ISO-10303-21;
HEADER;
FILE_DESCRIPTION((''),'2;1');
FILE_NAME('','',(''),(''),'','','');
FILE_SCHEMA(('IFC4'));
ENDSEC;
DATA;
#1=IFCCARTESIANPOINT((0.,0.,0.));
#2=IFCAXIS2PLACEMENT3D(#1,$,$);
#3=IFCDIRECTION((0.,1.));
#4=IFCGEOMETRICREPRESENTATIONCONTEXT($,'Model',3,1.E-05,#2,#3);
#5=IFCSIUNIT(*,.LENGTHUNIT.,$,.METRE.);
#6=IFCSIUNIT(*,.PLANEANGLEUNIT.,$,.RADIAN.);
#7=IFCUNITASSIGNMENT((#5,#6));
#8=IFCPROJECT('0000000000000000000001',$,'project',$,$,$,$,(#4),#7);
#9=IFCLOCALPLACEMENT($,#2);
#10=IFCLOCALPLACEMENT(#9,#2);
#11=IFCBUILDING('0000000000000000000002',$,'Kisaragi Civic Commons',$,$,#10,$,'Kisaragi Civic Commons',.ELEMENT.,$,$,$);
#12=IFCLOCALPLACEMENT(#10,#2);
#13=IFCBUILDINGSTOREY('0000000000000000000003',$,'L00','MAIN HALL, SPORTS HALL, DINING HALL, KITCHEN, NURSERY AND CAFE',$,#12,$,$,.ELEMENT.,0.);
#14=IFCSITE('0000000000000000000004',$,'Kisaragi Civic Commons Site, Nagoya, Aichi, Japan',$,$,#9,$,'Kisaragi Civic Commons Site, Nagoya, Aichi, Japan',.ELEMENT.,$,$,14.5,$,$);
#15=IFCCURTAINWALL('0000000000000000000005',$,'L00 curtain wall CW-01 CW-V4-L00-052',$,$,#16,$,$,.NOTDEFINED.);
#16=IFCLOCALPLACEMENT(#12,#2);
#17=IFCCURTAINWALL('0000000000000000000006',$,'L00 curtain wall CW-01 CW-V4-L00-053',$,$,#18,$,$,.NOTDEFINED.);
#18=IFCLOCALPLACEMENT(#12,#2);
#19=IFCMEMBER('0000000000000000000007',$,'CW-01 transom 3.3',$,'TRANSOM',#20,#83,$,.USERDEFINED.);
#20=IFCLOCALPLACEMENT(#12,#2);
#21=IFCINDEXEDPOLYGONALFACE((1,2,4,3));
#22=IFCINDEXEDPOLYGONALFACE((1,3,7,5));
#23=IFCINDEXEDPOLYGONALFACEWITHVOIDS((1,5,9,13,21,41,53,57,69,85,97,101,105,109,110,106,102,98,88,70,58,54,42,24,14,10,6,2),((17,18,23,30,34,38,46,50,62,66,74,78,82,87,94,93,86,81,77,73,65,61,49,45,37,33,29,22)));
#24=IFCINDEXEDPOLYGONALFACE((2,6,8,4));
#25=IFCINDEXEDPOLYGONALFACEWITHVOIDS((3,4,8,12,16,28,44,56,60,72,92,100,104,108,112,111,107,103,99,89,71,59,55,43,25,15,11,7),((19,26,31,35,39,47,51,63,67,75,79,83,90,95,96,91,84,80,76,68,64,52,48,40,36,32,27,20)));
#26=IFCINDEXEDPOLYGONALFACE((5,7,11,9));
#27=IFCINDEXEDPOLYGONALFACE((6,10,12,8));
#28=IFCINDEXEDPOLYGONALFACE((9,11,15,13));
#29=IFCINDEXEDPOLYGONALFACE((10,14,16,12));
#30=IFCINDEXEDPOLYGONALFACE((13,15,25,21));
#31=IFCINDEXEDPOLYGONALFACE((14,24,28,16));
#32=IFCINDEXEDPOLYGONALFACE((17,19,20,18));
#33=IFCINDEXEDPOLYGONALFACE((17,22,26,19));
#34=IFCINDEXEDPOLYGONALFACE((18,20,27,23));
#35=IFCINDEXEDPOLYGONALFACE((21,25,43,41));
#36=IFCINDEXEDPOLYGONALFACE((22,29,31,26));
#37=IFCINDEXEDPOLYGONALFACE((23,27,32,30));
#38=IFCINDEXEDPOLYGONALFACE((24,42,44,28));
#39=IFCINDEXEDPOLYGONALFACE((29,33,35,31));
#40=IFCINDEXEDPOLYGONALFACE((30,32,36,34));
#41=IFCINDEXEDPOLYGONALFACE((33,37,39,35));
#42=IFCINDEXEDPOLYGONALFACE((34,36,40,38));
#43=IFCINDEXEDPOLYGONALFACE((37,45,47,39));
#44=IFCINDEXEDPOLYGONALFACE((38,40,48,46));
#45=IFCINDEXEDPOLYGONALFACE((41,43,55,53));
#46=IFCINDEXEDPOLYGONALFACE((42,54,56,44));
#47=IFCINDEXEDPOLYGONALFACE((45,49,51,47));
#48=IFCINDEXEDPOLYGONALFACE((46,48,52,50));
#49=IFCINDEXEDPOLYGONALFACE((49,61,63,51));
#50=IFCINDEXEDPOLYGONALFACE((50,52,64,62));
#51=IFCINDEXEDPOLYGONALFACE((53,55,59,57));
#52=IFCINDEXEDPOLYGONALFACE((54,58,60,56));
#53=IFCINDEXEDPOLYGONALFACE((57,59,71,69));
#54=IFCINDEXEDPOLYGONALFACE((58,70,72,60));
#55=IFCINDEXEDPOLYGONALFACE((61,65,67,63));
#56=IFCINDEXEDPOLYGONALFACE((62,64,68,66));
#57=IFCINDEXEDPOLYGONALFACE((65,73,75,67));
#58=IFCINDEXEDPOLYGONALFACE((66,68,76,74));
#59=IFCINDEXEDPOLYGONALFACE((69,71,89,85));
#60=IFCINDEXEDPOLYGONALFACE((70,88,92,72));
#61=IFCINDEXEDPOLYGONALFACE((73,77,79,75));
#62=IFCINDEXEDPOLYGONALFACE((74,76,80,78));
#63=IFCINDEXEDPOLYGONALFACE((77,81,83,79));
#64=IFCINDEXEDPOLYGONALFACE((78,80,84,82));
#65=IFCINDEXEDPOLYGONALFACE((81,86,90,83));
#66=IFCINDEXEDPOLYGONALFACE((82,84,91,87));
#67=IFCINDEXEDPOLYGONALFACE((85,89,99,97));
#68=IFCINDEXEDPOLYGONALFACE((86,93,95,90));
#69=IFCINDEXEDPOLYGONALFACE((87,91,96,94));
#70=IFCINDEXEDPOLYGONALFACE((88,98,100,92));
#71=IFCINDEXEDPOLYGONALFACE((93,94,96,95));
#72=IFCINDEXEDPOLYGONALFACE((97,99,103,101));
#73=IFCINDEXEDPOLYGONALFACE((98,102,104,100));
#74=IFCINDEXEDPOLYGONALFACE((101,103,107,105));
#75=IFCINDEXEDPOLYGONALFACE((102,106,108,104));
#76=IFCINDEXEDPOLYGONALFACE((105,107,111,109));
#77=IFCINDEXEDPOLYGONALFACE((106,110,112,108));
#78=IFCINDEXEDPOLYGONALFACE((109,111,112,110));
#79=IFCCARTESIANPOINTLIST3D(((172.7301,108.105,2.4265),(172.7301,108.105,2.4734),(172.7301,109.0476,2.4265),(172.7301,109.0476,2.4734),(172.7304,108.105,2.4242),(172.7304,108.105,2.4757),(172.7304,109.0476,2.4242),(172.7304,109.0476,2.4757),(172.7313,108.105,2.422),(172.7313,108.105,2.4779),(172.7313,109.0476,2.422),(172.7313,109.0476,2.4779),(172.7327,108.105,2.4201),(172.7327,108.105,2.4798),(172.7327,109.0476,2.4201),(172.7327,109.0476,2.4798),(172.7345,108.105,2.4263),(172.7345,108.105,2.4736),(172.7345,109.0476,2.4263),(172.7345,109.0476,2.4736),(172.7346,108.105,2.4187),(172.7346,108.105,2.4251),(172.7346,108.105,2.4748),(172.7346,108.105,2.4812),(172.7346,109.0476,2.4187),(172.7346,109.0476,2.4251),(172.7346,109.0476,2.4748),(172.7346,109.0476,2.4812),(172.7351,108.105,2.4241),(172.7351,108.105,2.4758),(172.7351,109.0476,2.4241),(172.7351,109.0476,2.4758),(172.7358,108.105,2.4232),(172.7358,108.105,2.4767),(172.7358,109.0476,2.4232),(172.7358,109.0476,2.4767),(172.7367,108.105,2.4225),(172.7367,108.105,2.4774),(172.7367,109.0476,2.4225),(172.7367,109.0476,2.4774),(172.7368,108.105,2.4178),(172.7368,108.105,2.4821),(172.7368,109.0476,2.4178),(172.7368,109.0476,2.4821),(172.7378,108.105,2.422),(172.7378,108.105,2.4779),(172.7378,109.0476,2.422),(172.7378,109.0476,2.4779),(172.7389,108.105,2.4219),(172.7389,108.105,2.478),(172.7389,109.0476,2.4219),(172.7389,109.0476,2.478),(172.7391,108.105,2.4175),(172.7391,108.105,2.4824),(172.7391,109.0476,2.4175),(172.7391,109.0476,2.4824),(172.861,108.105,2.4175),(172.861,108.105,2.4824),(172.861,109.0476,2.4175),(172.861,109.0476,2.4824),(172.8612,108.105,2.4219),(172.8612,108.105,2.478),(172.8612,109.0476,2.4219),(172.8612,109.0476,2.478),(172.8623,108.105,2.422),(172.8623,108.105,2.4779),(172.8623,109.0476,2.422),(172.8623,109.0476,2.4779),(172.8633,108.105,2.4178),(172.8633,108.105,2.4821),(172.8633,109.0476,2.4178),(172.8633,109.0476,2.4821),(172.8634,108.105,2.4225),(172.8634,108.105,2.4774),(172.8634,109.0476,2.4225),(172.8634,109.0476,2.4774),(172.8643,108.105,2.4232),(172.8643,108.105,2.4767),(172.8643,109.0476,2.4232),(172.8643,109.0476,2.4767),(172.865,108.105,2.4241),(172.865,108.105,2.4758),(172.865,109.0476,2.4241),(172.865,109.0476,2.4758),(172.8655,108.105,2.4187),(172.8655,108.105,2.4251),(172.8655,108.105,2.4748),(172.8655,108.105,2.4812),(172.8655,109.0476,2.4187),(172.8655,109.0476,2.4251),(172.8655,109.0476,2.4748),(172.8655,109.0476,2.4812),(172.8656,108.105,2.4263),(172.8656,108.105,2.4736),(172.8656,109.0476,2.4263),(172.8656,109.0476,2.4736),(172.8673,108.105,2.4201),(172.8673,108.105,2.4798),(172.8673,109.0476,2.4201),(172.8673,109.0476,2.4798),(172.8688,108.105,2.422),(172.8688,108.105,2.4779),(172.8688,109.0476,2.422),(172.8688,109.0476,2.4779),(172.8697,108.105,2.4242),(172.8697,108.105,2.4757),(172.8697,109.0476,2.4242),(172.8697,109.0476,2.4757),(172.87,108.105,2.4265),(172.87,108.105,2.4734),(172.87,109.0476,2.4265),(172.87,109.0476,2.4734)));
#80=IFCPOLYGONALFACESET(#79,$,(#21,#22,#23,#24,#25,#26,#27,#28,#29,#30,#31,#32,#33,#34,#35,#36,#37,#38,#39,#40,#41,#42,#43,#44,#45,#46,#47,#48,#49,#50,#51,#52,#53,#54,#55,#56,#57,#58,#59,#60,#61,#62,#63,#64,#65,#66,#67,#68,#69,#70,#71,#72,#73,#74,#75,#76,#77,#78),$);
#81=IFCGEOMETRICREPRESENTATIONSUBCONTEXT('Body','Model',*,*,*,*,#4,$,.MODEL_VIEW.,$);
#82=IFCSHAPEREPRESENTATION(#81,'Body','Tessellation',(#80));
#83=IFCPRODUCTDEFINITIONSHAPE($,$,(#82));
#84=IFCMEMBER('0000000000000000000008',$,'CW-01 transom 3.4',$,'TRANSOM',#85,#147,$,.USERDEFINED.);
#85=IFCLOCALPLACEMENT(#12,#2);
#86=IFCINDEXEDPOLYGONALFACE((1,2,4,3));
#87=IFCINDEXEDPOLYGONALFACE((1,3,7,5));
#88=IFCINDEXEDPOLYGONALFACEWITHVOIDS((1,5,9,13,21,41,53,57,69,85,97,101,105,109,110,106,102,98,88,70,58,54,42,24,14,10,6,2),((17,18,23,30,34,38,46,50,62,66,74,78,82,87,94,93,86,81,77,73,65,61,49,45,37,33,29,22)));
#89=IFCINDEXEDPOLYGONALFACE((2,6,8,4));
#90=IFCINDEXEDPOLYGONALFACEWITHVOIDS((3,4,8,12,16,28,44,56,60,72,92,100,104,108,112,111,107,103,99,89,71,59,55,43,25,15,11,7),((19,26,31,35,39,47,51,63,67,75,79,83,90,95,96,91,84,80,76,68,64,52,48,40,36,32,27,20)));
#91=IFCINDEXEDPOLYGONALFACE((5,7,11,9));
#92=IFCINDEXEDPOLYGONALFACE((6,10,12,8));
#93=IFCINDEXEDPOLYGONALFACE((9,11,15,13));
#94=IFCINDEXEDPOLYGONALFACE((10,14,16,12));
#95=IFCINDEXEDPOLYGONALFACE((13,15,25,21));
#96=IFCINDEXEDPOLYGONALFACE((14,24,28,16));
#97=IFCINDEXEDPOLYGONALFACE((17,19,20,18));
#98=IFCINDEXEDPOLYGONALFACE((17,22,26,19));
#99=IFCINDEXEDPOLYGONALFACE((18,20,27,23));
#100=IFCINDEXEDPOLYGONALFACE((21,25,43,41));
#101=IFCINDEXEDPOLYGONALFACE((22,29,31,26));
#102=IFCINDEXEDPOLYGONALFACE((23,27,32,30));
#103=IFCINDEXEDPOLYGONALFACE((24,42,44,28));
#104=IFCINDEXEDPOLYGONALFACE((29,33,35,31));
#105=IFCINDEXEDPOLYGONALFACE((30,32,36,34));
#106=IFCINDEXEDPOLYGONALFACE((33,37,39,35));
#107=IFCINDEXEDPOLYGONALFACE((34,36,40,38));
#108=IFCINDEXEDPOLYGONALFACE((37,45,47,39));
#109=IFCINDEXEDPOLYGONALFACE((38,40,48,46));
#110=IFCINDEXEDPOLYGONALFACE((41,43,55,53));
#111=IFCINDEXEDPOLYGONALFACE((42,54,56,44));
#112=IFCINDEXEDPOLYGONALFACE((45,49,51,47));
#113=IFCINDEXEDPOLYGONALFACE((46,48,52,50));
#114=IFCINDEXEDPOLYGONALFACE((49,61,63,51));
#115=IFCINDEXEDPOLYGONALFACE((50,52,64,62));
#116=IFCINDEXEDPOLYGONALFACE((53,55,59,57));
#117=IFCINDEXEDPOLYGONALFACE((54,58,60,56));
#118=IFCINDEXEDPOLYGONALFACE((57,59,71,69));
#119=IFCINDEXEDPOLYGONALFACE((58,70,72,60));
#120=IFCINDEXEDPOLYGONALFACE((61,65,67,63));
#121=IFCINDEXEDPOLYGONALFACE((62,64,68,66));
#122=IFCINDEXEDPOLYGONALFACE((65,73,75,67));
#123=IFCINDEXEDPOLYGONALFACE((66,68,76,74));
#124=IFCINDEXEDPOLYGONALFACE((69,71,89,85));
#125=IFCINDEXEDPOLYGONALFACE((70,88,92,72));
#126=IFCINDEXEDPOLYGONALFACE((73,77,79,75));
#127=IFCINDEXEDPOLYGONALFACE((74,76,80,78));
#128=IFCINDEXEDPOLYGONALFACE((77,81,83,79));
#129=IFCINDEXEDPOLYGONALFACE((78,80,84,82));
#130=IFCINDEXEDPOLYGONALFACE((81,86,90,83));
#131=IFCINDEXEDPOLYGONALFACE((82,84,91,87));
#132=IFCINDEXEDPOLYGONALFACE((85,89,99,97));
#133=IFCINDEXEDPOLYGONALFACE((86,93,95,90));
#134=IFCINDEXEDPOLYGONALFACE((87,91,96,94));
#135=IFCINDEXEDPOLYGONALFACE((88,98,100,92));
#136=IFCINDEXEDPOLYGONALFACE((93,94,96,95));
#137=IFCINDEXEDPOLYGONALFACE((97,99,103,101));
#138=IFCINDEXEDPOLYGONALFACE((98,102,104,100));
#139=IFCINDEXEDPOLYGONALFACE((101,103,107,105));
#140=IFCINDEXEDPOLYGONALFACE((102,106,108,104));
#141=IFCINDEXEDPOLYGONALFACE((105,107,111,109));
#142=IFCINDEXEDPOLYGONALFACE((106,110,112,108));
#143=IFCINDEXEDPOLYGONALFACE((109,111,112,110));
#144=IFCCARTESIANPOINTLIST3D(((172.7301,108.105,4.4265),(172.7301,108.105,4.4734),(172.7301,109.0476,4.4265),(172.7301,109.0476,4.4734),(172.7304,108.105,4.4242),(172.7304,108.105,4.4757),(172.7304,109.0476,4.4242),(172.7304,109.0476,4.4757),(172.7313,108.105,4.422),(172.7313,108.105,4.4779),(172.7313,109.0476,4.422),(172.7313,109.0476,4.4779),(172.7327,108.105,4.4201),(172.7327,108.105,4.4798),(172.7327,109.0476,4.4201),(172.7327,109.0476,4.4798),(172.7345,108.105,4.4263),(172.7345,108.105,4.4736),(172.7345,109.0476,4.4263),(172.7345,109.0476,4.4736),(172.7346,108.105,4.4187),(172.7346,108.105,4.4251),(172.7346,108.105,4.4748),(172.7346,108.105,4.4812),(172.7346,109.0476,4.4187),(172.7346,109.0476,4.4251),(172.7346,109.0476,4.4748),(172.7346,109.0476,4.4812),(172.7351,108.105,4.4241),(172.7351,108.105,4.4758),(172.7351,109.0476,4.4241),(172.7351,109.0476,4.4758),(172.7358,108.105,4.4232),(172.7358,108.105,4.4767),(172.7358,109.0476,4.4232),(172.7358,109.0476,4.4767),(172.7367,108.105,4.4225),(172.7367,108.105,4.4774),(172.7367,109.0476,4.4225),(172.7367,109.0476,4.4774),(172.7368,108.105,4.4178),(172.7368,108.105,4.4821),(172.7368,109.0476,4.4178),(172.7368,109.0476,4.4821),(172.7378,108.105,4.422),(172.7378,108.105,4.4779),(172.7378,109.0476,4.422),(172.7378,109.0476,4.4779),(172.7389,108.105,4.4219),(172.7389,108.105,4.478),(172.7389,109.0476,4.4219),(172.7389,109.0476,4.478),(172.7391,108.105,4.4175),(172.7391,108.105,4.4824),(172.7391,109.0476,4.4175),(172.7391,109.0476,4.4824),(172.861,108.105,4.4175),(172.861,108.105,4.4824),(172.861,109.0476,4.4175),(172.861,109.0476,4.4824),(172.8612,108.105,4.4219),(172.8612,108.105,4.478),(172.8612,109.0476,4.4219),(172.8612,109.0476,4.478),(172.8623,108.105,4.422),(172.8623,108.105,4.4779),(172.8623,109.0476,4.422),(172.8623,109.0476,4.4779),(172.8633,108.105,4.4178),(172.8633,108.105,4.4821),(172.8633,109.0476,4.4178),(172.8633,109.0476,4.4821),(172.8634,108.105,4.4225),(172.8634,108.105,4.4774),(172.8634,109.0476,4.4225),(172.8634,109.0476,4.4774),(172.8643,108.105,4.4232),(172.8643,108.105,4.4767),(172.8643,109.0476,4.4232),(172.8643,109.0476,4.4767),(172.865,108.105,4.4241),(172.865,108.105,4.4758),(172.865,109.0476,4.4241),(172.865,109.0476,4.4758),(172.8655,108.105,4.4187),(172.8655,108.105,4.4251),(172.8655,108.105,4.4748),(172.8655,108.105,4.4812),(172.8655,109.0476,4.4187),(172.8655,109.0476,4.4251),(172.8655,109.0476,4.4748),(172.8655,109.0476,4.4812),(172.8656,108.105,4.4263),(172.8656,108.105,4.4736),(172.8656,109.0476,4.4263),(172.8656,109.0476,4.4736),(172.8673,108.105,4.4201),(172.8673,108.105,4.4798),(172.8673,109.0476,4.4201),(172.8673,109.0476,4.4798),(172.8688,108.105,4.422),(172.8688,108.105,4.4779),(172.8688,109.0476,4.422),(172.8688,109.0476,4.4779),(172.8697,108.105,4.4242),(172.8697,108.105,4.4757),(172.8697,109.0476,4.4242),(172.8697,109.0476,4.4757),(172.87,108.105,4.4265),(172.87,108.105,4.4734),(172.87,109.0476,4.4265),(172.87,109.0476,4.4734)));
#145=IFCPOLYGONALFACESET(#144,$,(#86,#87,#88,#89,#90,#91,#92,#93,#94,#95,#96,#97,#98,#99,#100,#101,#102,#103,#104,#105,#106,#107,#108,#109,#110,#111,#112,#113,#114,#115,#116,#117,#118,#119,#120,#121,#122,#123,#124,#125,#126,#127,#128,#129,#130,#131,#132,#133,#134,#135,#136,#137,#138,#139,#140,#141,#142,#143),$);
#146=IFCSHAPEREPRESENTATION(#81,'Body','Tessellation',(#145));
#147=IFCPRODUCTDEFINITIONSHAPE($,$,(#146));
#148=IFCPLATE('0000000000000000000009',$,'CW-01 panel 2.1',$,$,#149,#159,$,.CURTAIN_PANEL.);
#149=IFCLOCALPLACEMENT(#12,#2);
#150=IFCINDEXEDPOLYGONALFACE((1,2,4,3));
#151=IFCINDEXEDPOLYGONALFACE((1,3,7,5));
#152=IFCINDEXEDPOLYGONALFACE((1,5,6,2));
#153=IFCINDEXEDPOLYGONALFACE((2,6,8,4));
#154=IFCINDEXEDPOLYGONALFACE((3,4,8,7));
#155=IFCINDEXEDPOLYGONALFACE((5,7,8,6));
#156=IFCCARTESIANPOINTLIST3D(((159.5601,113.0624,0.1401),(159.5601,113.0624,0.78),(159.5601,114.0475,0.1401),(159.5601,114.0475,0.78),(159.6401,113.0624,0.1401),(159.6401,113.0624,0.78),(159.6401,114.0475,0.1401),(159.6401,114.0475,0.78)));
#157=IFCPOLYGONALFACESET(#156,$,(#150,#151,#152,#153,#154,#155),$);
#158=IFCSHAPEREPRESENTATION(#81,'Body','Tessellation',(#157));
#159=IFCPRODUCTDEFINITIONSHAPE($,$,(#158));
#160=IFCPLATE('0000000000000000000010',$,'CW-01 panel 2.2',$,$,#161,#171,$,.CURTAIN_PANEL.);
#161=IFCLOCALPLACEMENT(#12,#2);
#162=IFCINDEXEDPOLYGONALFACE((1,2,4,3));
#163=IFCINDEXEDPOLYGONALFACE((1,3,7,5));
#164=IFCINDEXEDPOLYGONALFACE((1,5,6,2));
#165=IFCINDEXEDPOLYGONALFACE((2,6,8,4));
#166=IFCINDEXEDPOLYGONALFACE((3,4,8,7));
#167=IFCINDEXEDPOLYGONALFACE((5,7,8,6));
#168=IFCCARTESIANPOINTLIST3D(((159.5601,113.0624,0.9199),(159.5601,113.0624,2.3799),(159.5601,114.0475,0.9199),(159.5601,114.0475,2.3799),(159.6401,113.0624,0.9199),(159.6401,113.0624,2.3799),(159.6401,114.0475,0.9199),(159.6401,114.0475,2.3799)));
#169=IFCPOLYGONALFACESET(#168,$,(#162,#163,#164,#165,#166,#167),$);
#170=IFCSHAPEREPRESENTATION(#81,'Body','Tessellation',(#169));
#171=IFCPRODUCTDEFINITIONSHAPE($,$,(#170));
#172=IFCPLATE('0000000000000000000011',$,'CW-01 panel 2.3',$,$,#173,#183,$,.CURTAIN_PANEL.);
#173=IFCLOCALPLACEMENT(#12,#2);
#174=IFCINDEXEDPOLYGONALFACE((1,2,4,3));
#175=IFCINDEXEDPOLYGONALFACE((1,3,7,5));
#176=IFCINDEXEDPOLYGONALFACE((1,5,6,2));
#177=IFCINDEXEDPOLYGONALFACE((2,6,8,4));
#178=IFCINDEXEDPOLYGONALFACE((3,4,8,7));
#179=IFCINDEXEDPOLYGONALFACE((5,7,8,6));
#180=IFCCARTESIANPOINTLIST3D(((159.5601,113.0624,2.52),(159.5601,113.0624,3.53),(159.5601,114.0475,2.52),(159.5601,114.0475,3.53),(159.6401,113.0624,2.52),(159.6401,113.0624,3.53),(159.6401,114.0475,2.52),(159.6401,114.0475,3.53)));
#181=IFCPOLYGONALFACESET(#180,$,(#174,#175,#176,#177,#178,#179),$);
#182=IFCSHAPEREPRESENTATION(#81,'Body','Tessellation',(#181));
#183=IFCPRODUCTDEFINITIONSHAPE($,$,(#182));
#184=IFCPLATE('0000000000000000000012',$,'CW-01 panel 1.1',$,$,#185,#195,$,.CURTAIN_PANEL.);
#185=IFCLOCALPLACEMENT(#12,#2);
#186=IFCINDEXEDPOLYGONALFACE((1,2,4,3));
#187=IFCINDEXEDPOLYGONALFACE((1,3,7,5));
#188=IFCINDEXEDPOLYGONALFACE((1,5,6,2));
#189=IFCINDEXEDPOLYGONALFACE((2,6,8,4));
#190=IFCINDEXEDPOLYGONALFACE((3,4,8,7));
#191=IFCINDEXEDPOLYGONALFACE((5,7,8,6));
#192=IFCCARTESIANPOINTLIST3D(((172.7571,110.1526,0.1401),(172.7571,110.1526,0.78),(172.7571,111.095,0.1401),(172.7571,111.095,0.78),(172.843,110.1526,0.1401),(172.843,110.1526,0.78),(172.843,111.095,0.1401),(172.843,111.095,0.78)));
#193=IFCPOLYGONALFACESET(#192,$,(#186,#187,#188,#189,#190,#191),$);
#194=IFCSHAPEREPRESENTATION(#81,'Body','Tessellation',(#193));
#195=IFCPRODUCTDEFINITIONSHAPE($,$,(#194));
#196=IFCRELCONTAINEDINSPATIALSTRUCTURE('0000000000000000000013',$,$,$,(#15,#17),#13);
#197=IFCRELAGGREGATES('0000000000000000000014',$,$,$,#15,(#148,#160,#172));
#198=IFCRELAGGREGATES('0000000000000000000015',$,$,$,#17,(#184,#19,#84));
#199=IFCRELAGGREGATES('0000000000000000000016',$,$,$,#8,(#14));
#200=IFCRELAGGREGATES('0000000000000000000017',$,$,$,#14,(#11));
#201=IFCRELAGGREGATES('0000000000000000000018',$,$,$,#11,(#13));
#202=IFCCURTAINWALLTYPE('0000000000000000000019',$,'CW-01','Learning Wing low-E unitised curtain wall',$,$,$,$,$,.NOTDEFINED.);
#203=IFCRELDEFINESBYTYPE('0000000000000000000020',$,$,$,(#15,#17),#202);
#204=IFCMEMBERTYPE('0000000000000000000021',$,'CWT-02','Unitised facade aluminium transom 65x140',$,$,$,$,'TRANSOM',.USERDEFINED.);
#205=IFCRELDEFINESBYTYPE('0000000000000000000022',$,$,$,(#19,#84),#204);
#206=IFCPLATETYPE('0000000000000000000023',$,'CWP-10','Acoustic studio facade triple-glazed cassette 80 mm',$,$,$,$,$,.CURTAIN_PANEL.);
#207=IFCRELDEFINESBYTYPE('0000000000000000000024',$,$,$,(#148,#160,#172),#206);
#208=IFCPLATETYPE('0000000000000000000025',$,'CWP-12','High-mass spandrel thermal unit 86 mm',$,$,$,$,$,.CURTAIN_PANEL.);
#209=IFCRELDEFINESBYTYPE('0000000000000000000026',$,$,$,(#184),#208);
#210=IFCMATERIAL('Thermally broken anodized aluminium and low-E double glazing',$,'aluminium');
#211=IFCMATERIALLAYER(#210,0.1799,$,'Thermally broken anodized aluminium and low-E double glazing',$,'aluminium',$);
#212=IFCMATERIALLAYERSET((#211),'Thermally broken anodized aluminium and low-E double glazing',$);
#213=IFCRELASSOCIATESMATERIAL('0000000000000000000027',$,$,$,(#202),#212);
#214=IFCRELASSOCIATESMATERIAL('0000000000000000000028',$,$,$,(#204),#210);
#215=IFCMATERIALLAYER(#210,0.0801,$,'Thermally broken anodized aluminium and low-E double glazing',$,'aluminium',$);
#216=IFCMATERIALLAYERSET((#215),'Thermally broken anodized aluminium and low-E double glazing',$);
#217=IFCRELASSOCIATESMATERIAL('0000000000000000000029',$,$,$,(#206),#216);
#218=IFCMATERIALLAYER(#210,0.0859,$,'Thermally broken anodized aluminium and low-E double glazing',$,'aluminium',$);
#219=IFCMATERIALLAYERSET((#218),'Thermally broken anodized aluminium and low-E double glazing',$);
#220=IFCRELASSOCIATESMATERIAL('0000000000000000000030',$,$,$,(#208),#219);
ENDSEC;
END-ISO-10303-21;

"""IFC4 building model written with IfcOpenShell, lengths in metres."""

from ifc_helpers import new_model, si_unit, direction, frame, origin, origin_2d, place, context, subcontext, project, spatial, rectangle, hollow_rectangle, extrude, material, layer, layer_set, material_profile, profile_set, type_object, element, aggregate, save


model = new_model("IFC4")

# Units and contexts
model_context = context("Model", 3, precision=1e-05, world=origin(), true_north=direction((0.0, 1.0)))
body_context = subcontext(model_context, "Body", "Model", "MODEL_VIEW")
ifc_project = project(units=[si_unit("LENGTHUNIT", "METRE"), si_unit("PLANEANGLEUNIT", "RADIAN")], contexts=[model_context])

# Site, building, storey
site_placement = place(None, origin())
site = spatial("IfcSite", under=ifc_project, at=site_placement, Name="Kisaragi Civic Commons Site, Nagoya, Aichi, Japan", LongName="Kisaragi Civic Commons Site, Nagoya, Aichi, Japan", CompositionType="ELEMENT", RefElevation=14.5)
building_placement = place(site_placement, origin())
building = spatial("IfcBuilding", under=site, at=building_placement, Name="Kisaragi Civic Commons", LongName="Kisaragi Civic Commons", CompositionType="ELEMENT")
storey_placement = place(building_placement, origin())
storey = spatial("IfcBuildingStorey", under=building, at=storey_placement, Name="L00", Description="MAIN HALL, SPORTS HALL, DINING HALL, KITCHEN, NURSERY AND CAFE", CompositionType="ELEMENT", Elevation=0.0)

# Curtain wall
ifc_material_1 = material(Name="Thermally broken anodized aluminium and low-E double glazing", Category="aluminium")
ifc_layer_1 = layer(ifc_material_1, 0.1799, Name="Thermally broken anodized aluminium and low-E double glazing", Category="aluminium")
ifc_layer_set_1 = layer_set([ifc_layer_1], Name="Thermally broken anodized aluminium and low-E double glazing")
curtain_wall_type = type_object("IfcCurtainWallType", Name="CW-01", Description="Learning Wing low-E unitised curtain wall", PredefinedType="NOTDEFINED", material=ifc_layer_set_1)
curtain_wall_1_placement = place(storey_placement, origin())
curtain_wall_1 = element("IfcCurtainWall", 1, at=curtain_wall_1_placement, inside=storey, type_object=curtain_wall_type, Name="L00 curtain wall CW-01 CW-V4-L00-052", PredefinedType="NOTDEFINED")

# Curtain wall
curtain_wall_2_placement = place(storey_placement, origin())
curtain_wall_2 = element("IfcCurtainWall", 2, at=curtain_wall_2_placement, inside=storey, type_object=curtain_wall_type, Name="L00 curtain wall CW-01 CW-V4-L00-053", PredefinedType="NOTDEFINED")

# Members
ifc_material_profile_1 = material_profile(ifc_material_1, hollow_rectangle(XDim=0.1399, YDim=0.0649, WallThickness=0.0044, InnerFilletRadius=0.0044, OuterFilletRadius=0.009, at=origin_2d()), Name="CWT-65x140x4.5", Category="aluminium")
ifc_profile_set_1 = profile_set([ifc_material_profile_1], Name="Thermally broken anodized aluminium and low-E double glazing")
member_type_1 = type_object("IfcMemberType", Name="CWT-02", Description="Unitised facade aluminium transom 65x140", ElementType="TRANSOM", PredefinedType="USERDEFINED", material=ifc_profile_set_1)
member_1_placement = place(storey_placement, frame((172.8, 109.0476, 2.45), z_axis=(0.0, -1.0, 0.0), x_axis=(1.0, 0.0, 0.0)))
member_1 = element("IfcMember", 3, at=member_1_placement, type_object=member_type_1, Name="CW-01 transom 3.3", ObjectType="TRANSOM", PredefinedType="USERDEFINED", context=body_context, shape_type="SweptSolid", body=[
    extrude(hollow_rectangle(XDim=0.1399, YDim=0.0649, WallThickness=0.0044, InnerFilletRadius=0.0044, OuterFilletRadius=0.009, at=origin_2d()), origin(), (0.0, 0.0, 1.0), 0.9426),
])
member_2_placement = place(storey_placement, frame((172.8, 109.0476, 4.45), z_axis=(0.0, -1.0, 0.0), x_axis=(1.0, 0.0, 0.0)))
member_2 = element("IfcMember", 4, at=member_2_placement, type_object=member_type_1, Name="CW-01 transom 3.4", ObjectType="TRANSOM", PredefinedType="USERDEFINED", context=body_context, shape_type="SweptSolid", body=[
    extrude(hollow_rectangle(XDim=0.1399, YDim=0.0649, WallThickness=0.0044, InnerFilletRadius=0.0044, OuterFilletRadius=0.009, at=origin_2d()), origin(), (0.0, 0.0, 1.0), 0.9426),
])

# Plates
ifc_layer_2 = layer(ifc_material_1, 0.0801, Name="Thermally broken anodized aluminium and low-E double glazing", Category="aluminium")
ifc_layer_set_2 = layer_set([ifc_layer_2], Name="Thermally broken anodized aluminium and low-E double glazing")
plate_type_1 = type_object("IfcPlateType", Name="CWP-10", Description="Acoustic studio facade triple-glazed cassette 80 mm", PredefinedType="CURTAIN_PANEL", material=ifc_layer_set_2)
plate_1_placement = place(storey_placement, frame((159.6001, 113.5549, 0.1401), z_axis=(0.0, 0.0, 1.0), x_axis=(0.0, -1.0, 0.0)))
plate_1 = element("IfcPlate", 5, at=plate_1_placement, type_object=plate_type_1, Name="CW-01 panel 2.1", PredefinedType="CURTAIN_PANEL", context=body_context, shape_type="SweptSolid", body=[
    extrude(rectangle(XDim=0.9851, YDim=0.0801, at=origin_2d()), origin(), (0.0, 0.0, 1.0), 0.6399),
])
plate_2_placement = place(storey_placement, frame((159.6001, 113.5549, 0.9199), z_axis=(0.0, 0.0, 1.0), x_axis=(0.0, -1.0, 0.0)))
plate_2 = element("IfcPlate", 6, at=plate_2_placement, type_object=plate_type_1, Name="CW-01 panel 2.2", PredefinedType="CURTAIN_PANEL", context=body_context, shape_type="SweptSolid", body=[
    extrude(rectangle(XDim=0.9851, YDim=0.0801, at=origin_2d()), origin(), (0.0, 0.0, 1.0), 1.46),
])
plate_3_placement = place(storey_placement, frame((159.6001, 113.5549, 2.52), z_axis=(0.0, 0.0, 1.0), x_axis=(0.0, -1.0, 0.0)))
plate_3 = element("IfcPlate", 7, at=plate_3_placement, type_object=plate_type_1, Name="CW-01 panel 2.3", PredefinedType="CURTAIN_PANEL", context=body_context, shape_type="SweptSolid", body=[
    extrude(rectangle(XDim=0.9851, YDim=0.0801, at=origin_2d()), origin(), (0.0, 0.0, 1.0), 1.01),
])
aggregate(curtain_wall_1, [plate_1, plate_2, plate_3])
ifc_layer_3 = layer(ifc_material_1, 0.0859, Name="Thermally broken anodized aluminium and low-E double glazing", Category="aluminium")
ifc_layer_set_3 = layer_set([ifc_layer_3], Name="Thermally broken anodized aluminium and low-E double glazing")
plate_type_2 = type_object("IfcPlateType", Name="CWP-12", Description="High-mass spandrel thermal unit 86 mm", PredefinedType="CURTAIN_PANEL", material=ifc_layer_set_3)
plate_4_placement = place(storey_placement, frame((172.8, 110.6238, 0.1401), z_axis=(0.0, 0.0, 1.0), x_axis=(0.0, -1.0, 0.0)))
plate_4 = element("IfcPlate", 8, at=plate_4_placement, type_object=plate_type_2, Name="CW-01 panel 1.1", PredefinedType="CURTAIN_PANEL", context=body_context, shape_type="SweptSolid", body=[
    extrude(rectangle(XDim=0.9424, YDim=0.0859, at=origin_2d()), origin(), (0.0, 0.0, 1.0), 0.6399),
])
aggregate(curtain_wall_2, [plate_4, member_1, member_2])

save(model, "model.ifc")
